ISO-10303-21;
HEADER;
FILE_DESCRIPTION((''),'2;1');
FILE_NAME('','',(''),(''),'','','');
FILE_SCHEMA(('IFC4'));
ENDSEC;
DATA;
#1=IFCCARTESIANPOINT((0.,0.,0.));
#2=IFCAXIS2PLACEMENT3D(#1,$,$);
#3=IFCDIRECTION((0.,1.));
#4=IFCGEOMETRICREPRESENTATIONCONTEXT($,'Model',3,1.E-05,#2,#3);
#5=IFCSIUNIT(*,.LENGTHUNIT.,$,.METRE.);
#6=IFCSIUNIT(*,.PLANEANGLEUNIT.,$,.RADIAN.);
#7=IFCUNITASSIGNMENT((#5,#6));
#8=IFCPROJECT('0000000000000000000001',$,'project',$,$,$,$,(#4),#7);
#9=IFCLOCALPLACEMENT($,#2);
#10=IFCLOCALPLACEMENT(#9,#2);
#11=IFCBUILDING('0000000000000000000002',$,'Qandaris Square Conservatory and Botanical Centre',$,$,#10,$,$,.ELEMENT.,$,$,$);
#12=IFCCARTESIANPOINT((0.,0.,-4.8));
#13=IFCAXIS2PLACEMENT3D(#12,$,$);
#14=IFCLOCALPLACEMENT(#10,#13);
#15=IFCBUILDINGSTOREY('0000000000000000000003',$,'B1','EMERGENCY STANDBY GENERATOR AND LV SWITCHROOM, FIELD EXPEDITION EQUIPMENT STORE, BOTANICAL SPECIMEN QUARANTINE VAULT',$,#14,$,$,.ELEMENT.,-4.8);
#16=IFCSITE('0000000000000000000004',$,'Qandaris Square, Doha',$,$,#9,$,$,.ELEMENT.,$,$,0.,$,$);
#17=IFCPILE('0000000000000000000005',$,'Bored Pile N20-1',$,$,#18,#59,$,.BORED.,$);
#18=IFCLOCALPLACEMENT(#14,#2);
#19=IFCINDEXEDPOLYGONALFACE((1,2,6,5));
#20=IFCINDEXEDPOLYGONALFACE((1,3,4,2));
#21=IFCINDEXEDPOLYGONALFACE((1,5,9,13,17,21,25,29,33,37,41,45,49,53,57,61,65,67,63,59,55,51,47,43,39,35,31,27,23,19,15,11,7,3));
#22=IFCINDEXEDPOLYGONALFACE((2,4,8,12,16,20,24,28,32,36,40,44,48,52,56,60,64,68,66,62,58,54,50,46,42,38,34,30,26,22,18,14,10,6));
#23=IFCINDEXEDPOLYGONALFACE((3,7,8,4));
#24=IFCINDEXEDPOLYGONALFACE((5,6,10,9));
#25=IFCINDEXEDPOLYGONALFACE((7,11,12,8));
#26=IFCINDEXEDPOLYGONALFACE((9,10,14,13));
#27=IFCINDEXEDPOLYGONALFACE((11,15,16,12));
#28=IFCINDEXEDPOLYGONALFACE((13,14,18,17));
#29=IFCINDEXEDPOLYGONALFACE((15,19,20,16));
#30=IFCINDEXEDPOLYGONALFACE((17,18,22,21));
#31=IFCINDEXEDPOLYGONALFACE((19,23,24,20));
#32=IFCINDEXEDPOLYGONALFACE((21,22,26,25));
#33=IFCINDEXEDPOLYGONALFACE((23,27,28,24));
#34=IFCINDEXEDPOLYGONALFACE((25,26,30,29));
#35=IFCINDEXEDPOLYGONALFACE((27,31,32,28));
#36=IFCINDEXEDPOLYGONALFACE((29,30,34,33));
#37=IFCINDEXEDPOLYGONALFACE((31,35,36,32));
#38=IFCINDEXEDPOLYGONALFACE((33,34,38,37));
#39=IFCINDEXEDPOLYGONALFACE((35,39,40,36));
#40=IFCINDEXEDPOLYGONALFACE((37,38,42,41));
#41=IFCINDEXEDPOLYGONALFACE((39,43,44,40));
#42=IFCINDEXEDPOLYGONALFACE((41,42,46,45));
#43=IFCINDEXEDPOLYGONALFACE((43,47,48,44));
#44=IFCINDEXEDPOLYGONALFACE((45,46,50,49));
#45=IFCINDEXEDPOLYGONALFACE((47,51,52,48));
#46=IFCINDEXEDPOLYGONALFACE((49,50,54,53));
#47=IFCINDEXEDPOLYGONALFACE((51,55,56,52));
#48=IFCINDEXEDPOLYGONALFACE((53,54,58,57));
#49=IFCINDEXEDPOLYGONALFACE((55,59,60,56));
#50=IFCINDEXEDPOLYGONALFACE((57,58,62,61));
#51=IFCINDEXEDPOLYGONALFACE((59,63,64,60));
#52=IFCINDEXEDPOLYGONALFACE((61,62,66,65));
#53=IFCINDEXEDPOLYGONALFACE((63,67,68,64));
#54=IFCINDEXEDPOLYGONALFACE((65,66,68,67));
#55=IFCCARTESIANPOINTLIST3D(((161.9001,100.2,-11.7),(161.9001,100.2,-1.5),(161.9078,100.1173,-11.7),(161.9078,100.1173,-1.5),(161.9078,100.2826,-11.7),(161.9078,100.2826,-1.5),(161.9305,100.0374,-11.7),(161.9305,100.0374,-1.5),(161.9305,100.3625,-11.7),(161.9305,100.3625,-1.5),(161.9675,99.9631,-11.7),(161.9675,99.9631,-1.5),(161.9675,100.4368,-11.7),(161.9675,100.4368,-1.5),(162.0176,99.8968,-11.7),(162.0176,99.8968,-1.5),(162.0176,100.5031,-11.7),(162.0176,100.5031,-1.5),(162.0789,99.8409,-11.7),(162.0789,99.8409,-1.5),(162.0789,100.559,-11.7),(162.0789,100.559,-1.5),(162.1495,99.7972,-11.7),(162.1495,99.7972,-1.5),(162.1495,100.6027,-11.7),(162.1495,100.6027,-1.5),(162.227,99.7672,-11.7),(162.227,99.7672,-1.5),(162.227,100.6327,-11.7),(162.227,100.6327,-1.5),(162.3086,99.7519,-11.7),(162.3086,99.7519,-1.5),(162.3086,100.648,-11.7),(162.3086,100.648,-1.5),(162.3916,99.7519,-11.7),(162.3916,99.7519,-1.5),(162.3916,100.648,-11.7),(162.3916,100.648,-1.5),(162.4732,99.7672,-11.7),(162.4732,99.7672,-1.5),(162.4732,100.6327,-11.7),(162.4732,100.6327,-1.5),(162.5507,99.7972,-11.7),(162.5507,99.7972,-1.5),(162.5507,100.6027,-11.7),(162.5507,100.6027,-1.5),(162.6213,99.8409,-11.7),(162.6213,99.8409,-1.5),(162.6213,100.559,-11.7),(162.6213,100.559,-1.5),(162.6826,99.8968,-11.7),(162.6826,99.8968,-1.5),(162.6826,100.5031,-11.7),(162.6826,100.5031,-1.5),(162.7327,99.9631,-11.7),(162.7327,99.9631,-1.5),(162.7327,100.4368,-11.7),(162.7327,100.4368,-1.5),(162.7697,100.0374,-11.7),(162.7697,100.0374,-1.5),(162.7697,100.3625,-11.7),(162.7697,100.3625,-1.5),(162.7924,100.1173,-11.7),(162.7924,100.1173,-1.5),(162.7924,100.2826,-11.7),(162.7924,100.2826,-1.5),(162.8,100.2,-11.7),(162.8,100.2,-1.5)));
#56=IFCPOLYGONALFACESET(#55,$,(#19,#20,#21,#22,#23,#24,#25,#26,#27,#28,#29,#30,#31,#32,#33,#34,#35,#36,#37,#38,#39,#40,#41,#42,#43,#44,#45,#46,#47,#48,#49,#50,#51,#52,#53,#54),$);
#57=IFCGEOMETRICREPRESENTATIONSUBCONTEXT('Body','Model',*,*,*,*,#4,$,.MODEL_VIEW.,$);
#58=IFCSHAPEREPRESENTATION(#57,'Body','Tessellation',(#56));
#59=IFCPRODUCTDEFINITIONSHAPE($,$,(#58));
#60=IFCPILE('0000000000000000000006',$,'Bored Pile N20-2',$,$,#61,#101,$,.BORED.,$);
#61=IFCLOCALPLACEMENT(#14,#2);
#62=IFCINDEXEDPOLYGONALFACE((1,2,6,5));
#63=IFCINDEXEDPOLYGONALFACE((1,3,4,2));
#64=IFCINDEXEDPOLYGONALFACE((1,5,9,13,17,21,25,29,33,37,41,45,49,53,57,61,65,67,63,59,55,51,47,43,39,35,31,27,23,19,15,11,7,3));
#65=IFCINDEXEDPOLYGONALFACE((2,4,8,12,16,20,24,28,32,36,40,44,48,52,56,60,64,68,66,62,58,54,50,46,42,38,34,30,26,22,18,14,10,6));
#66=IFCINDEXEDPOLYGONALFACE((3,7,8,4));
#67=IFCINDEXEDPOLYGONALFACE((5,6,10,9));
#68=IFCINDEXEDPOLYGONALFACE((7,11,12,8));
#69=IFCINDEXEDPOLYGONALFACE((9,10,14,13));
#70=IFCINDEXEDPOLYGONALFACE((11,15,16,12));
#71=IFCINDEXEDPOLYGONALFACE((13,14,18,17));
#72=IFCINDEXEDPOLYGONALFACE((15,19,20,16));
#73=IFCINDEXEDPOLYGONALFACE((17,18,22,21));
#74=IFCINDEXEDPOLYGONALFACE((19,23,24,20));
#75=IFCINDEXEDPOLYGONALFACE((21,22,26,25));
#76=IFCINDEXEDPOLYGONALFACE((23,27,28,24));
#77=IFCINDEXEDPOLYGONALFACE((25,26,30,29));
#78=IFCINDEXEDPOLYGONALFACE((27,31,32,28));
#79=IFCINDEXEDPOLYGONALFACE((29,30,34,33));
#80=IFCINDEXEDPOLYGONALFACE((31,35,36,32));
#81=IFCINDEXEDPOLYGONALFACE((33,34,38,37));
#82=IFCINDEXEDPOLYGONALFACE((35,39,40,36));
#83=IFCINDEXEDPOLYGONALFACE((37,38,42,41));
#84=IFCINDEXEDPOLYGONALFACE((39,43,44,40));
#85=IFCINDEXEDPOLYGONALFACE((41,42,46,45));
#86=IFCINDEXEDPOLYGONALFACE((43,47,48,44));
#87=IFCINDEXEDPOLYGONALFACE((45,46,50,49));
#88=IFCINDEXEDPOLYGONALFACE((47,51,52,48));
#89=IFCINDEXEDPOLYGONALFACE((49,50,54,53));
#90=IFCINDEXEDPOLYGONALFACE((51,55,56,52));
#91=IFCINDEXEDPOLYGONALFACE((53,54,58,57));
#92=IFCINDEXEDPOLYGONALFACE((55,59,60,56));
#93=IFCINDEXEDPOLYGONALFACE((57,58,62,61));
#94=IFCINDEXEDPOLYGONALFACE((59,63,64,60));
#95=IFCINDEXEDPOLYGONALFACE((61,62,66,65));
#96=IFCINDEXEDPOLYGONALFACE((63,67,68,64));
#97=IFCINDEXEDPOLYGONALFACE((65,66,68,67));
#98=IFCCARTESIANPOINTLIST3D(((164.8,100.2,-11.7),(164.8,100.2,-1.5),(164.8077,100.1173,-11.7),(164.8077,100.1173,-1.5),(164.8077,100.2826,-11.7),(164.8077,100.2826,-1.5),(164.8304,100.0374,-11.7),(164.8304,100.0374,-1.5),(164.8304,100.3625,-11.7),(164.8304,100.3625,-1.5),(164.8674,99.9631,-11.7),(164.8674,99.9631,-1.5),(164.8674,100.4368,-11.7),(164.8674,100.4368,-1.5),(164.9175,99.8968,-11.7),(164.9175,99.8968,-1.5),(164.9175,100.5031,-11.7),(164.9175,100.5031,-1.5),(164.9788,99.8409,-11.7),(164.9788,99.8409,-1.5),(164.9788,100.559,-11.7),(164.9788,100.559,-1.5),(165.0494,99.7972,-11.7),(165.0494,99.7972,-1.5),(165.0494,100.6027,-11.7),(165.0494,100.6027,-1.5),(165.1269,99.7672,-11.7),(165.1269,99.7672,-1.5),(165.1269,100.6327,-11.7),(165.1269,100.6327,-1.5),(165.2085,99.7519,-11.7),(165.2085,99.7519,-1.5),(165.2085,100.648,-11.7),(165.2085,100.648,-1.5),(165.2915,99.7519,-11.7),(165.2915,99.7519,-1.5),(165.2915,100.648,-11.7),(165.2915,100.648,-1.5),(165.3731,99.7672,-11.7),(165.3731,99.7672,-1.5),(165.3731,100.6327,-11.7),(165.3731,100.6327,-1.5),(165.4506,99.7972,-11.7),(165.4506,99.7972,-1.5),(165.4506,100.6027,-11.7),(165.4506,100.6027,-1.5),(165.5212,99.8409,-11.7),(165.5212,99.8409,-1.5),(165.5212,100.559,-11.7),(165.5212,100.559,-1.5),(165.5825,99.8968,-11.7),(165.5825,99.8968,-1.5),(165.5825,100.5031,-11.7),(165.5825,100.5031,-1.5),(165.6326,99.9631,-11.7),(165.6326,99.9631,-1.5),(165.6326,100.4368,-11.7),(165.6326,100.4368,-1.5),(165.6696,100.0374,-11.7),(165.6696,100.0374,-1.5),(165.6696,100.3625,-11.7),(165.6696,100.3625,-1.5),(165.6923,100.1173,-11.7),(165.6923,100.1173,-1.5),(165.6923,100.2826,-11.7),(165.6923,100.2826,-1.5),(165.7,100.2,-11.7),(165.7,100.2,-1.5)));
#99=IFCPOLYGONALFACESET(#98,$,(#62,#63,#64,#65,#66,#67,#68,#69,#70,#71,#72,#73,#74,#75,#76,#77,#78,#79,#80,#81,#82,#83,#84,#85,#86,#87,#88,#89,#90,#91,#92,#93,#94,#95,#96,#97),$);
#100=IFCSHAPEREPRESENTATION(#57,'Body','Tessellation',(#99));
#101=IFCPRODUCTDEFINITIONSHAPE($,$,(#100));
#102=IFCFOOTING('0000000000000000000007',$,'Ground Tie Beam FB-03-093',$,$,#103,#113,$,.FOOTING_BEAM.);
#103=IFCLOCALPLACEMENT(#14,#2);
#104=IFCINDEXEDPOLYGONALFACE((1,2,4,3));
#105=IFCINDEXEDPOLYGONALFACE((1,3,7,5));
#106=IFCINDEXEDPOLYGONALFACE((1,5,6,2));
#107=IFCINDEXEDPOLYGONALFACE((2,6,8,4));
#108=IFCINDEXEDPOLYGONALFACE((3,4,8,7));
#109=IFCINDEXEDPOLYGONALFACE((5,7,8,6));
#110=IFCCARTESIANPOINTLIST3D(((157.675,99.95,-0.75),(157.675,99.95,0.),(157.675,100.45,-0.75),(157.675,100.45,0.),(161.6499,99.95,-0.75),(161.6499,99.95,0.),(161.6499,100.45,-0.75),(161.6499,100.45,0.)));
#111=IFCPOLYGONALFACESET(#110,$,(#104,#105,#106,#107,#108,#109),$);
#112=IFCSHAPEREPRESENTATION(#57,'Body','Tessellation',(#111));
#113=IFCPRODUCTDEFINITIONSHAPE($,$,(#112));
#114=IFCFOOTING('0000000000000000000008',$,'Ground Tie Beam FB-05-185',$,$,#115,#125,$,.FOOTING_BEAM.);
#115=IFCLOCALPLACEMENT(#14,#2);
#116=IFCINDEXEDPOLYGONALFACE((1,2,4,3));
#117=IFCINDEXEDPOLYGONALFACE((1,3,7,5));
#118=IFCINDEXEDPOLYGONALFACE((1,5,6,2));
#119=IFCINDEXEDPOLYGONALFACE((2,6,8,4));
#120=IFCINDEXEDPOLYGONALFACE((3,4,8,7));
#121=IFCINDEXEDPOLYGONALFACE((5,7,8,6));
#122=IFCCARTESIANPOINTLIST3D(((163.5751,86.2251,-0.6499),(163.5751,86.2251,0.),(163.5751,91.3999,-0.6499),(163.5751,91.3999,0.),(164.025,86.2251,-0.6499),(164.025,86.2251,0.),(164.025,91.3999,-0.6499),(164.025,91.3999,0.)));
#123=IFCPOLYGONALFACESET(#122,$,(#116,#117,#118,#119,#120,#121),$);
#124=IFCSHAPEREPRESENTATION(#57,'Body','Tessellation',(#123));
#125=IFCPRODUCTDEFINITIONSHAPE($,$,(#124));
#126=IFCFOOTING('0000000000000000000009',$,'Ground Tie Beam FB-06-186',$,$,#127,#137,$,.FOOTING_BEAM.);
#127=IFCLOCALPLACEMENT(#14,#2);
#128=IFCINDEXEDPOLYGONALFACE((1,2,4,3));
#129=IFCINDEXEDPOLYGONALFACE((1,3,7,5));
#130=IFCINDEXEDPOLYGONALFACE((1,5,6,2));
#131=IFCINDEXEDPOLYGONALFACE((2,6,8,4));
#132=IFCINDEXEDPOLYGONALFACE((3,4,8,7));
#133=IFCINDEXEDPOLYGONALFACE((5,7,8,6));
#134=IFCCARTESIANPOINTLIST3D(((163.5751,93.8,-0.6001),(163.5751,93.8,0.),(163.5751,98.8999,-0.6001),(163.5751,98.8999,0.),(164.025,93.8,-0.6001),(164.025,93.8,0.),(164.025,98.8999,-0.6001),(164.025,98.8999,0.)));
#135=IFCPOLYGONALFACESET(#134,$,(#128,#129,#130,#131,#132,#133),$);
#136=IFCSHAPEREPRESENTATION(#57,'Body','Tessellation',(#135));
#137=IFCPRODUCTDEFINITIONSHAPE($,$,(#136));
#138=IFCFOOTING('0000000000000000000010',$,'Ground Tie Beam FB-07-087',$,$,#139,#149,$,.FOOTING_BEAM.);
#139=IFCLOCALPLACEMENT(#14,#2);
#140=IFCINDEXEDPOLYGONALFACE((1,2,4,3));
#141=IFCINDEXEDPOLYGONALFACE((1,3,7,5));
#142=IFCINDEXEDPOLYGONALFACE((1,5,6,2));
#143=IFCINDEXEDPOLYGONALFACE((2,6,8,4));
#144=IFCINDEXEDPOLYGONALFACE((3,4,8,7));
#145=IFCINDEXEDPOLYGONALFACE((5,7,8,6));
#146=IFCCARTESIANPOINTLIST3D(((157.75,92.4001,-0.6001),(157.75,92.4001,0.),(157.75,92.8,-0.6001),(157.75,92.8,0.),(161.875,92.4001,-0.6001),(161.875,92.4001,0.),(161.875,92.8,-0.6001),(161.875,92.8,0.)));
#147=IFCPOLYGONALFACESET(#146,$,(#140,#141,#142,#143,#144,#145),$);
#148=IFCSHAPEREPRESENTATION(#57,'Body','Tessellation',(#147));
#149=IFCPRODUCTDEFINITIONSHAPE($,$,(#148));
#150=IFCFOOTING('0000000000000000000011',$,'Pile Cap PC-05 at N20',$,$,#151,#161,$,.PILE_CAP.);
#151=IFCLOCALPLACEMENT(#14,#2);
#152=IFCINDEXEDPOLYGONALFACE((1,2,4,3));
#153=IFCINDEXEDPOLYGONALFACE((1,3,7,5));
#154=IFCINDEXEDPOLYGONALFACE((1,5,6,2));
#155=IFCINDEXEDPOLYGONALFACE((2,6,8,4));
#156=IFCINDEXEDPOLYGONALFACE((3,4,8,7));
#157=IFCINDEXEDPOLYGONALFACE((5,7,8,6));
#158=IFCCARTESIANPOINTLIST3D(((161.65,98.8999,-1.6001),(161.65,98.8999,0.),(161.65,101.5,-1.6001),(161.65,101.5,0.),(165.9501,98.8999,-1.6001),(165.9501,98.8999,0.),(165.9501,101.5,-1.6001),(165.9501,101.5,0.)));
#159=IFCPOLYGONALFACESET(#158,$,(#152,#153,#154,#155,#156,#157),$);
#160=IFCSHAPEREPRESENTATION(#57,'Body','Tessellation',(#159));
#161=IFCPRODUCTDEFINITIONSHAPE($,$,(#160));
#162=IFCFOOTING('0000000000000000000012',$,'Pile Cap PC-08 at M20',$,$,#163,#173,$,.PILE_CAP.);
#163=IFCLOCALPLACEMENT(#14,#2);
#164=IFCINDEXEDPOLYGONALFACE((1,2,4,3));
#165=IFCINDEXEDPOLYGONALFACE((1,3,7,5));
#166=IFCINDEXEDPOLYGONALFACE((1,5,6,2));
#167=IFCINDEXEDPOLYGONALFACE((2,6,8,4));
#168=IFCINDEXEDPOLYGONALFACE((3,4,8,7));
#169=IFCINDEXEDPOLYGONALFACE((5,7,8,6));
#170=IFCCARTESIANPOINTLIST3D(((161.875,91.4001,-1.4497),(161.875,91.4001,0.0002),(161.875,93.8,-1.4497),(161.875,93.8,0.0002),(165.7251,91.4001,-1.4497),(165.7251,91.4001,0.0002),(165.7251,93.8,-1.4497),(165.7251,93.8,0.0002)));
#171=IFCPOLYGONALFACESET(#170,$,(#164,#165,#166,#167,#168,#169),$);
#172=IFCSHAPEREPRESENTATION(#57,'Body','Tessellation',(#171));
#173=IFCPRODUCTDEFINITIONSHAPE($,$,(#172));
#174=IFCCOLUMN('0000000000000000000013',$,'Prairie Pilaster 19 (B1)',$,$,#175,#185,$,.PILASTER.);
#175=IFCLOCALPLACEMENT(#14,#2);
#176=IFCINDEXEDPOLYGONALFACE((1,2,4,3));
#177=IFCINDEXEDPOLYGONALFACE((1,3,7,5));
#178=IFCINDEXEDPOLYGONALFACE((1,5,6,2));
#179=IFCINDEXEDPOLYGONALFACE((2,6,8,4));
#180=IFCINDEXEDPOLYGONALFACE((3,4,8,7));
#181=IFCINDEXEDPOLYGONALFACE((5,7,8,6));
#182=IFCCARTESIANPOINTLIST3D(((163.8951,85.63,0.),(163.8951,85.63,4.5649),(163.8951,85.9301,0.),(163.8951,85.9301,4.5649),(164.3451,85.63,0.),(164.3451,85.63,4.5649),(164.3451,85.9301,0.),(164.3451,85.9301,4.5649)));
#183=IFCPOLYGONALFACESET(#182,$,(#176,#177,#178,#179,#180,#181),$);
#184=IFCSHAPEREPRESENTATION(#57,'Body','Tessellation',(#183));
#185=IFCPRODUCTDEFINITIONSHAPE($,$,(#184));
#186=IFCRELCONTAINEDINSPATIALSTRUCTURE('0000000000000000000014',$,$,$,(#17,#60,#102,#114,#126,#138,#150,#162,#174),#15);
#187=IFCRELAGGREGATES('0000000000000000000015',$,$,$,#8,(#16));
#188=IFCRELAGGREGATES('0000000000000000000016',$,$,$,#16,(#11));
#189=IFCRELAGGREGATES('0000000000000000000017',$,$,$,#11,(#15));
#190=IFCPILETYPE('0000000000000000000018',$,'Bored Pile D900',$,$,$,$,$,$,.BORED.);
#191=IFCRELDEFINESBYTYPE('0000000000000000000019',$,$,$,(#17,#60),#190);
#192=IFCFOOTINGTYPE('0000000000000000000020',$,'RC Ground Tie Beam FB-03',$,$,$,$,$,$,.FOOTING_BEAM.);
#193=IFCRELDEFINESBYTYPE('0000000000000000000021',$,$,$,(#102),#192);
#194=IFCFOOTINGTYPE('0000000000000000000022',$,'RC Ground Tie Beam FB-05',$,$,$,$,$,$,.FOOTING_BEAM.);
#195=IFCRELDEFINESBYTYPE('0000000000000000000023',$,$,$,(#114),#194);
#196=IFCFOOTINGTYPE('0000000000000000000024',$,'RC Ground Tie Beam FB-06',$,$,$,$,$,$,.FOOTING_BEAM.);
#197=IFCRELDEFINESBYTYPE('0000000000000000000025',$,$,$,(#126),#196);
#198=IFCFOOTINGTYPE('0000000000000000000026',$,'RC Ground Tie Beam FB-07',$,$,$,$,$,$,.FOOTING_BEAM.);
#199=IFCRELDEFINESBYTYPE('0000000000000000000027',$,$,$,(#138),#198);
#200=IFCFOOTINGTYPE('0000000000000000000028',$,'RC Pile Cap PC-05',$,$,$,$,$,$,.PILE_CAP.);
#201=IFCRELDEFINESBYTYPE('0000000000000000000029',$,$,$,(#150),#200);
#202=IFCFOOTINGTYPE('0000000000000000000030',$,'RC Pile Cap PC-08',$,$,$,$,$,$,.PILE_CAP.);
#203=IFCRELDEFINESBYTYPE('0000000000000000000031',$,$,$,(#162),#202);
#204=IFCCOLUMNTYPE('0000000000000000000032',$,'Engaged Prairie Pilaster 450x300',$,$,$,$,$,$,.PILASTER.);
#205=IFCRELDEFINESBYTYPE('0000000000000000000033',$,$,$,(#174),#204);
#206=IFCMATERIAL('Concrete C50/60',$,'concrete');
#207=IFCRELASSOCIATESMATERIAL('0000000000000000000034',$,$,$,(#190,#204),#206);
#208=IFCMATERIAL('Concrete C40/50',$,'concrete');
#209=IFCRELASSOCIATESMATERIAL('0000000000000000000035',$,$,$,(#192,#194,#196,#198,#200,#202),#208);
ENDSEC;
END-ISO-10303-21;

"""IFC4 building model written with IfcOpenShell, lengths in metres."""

from ifc_helpers import new_model, si_unit, direction, frame, origin, origin_2d, place, context, subcontext, project, spatial, rectangle, circle, extrude, material, material_profile, profile_set, type_object, element, save


model = new_model("IFC4")

# Units and contexts
model_context = context("Model", 3, precision=1e-05, world=origin(), true_north=direction((0.0, 1.0)))
body_context = subcontext(model_context, "Body", "Model", "MODEL_VIEW")
ifc_project = project(units=[si_unit("LENGTHUNIT", "METRE"), si_unit("PLANEANGLEUNIT", "RADIAN")], contexts=[model_context])

# Site, building, storey
site_placement = place(None, origin())
site = spatial("IfcSite", under=ifc_project, at=site_placement, Name="Qandaris Square, Doha", CompositionType="ELEMENT", RefElevation=0.0)
building_placement = place(site_placement, origin())
building = spatial("IfcBuilding", under=site, at=building_placement, Name="Qandaris Square Conservatory and Botanical Centre", CompositionType="ELEMENT")
storey_placement = place(building_placement, frame((0.0, 0.0, -4.8)))
storey = spatial("IfcBuildingStorey", under=building, at=storey_placement, Name="B1", Description="EMERGENCY STANDBY GENERATOR AND LV SWITCHROOM, FIELD EXPEDITION EQUIPMENT STORE, BOTANICAL SPECIMEN QUARANTINE VAULT", CompositionType="ELEMENT", Elevation=-4.8)

# Piles
ifc_material_1 = material(Name="Concrete C50/60", Category="concrete")
ifc_material_profile_1 = material_profile(ifc_material_1, circle(Radius=0.45, at=origin_2d()), Name="PILE D900")
ifc_profile_set_1 = profile_set([ifc_material_profile_1], Name="Concrete C50/60")
pile_type = type_object("IfcPileType", Name="Bored Pile D900", PredefinedType="BORED", material=ifc_profile_set_1)
for number, where, z_axis, x_axis, name in (
    (1, (162.3501, 100.2, -1.5), (0.0, 0.0, -1.0), (1.0, 0.0, 0.0), "Bored Pile N20-1"),
    (2, (165.25, 100.2, -1.5), (0.0, 0.0, -1.0), (1.0, 0.0, 0.0), "Bored Pile N20-2"),
):
    element("IfcPile", number, at=place(storey_placement, frame(where, z_axis=z_axis, x_axis=x_axis)), inside=storey, type_object=pile_type, Name=name, PredefinedType="BORED", context=body_context, shape_type="SweptSolid", body=[
        extrude(circle(Radius=0.45, at=origin_2d()), origin(), (0.0, 0.0, 1.0), 10.2),
    ])

# Footings
ifc_material_2 = material(Name="Concrete C40/50", Category="concrete")
ifc_material_profile_2 = material_profile(ifc_material_2, rectangle(XDim=0.5, YDim=0.75, at=origin_2d()), Name="FB 500x750")
ifc_profile_set_2 = profile_set([ifc_material_profile_2], Name="Concrete C40/50")
footing_type_1 = type_object("IfcFootingType", Name="RC Ground Tie Beam FB-03", PredefinedType="FOOTING_BEAM", material=ifc_profile_set_2)
footing_1_placement = place(storey_placement, frame((157.675, 100.2, -0.375), z_axis=(1.0, 0.0, 0.0), x_axis=(0.0, 1.0, 0.0)))
element("IfcFooting", 3, at=footing_1_placement, inside=storey, type_object=footing_type_1, Name="Ground Tie Beam FB-03-093", PredefinedType="FOOTING_BEAM", context=body_context, shape_type="SweptSolid", body=[
    extrude(rectangle(XDim=0.5, YDim=0.75, at=origin_2d()), origin(), (0.0, 0.0, 1.0), 3.9749),
])
ifc_material_profile_3 = material_profile(ifc_material_2, rectangle(XDim=0.45, YDim=0.6499, at=origin_2d()), Name="FB 450x650")
ifc_profile_set_3 = profile_set([ifc_material_profile_3], Name="Concrete C40/50")
footing_type_2 = type_object("IfcFootingType", Name="RC Ground Tie Beam FB-05", PredefinedType="FOOTING_BEAM", material=ifc_profile_set_3)
footing_2_placement = place(storey_placement, frame((163.8, 86.2251, -0.325), z_axis=(0.0, 1.0, 0.0), x_axis=(-1.0, 0.0, 0.0)))
element("IfcFooting", 4, at=footing_2_placement, inside=storey, type_object=footing_type_2, Name="Ground Tie Beam FB-05-185", PredefinedType="FOOTING_BEAM", context=body_context, shape_type="SweptSolid", body=[
    extrude(rectangle(XDim=0.45, YDim=0.6499, at=origin_2d()), origin(), (0.0, 0.0, 1.0), 5.1748),
])
ifc_material_profile_4 = material_profile(ifc_material_2, rectangle(XDim=0.45, YDim=0.6001, at=origin_2d()), Name="FB 450x600")
ifc_profile_set_4 = profile_set([ifc_material_profile_4], Name="Concrete C40/50")
footing_type_3 = type_object("IfcFootingType", Name="RC Ground Tie Beam FB-06", PredefinedType="FOOTING_BEAM", material=ifc_profile_set_4)
footing_3_placement = place(storey_placement, frame((163.8, 93.8, -0.3), z_axis=(0.0, 1.0, 0.0), x_axis=(-1.0, 0.0, 0.0)))
element("IfcFooting", 5, at=footing_3_placement, inside=storey, type_object=footing_type_3, Name="Ground Tie Beam FB-06-186", PredefinedType="FOOTING_BEAM", context=body_context, shape_type="SweptSolid", body=[
    extrude(rectangle(XDim=0.45, YDim=0.6001, at=origin_2d()), origin(), (0.0, 0.0, 1.0), 5.0999),
])
ifc_material_profile_5 = material_profile(ifc_material_2, rectangle(XDim=0.3999, YDim=0.6001, at=origin_2d()), Name="FB 400x600")
ifc_profile_set_5 = profile_set([ifc_material_profile_5], Name="Concrete C40/50")
footing_type_4 = type_object("IfcFootingType", Name="RC Ground Tie Beam FB-07", PredefinedType="FOOTING_BEAM", material=ifc_profile_set_5)
footing_4_placement = place(storey_placement, frame((157.75, 92.6001, -0.3), z_axis=(1.0, 0.0, 0.0), x_axis=(0.0, 1.0, 0.0)))
element("IfcFooting", 6, at=footing_4_placement, inside=storey, type_object=footing_type_4, Name="Ground Tie Beam FB-07-087", PredefinedType="FOOTING_BEAM", context=body_context, shape_type="SweptSolid", body=[
    extrude(rectangle(XDim=0.3999, YDim=0.6001, at=origin_2d()), origin(), (0.0, 0.0, 1.0), 4.125),
])
footing_type_5 = type_object("IfcFootingType", Name="RC Pile Cap PC-05", PredefinedType="PILE_CAP", material=ifc_material_2)
footing_5_placement = place(storey_placement, frame((163.8, 100.2, -1.6001), z_axis=(0.0, 0.0, 1.0), x_axis=(1.0, 0.0, 0.0)))
element("IfcFooting", 7, at=footing_5_placement, inside=storey, type_object=footing_type_5, Name="Pile Cap PC-05 at N20", PredefinedType="PILE_CAP", context=body_context, shape_type="SweptSolid", body=[
    extrude(rectangle(XDim=4.3, YDim=2.6001, at=origin_2d()), origin(), (0.0, 0.0, 1.0), 1.6001),
])
footing_type_6 = type_object("IfcFootingType", Name="RC Pile Cap PC-08", PredefinedType="PILE_CAP", material=ifc_material_2)
footing_6_placement = place(storey_placement, frame((163.8, 92.6001, -1.4497), z_axis=(0.0, 0.0, 1.0), x_axis=(1.0, 0.0, 0.0)))
element("IfcFooting", 8, at=footing_6_placement, inside=storey, type_object=footing_type_6, Name="Pile Cap PC-08 at M20", PredefinedType="PILE_CAP", context=body_context, shape_type="SweptSolid", body=[
    extrude(rectangle(XDim=3.8501, YDim=2.3999, at=origin_2d()), origin(), (0.0, 0.0, 1.0), 1.45),
])

# Column
ifc_material_profile_6 = material_profile(ifc_material_1, rectangle(XDim=0.45, YDim=0.3, at=origin_2d()), Name="RC-PIL 450x300")
ifc_profile_set_6 = profile_set([ifc_material_profile_6], Name="Concrete C50/60")
column_type_1 = type_object("IfcColumnType", Name="Engaged Prairie Pilaster 450x300", PredefinedType="PILASTER", material=ifc_profile_set_6)
column_1_placement = place(storey_placement, frame((164.1201, 85.78, 0.0), z_axis=(0.0, 0.0, 1.0), x_axis=(1.0, 0.0, 0.0)))
element("IfcColumn", 9, at=column_1_placement, inside=storey, type_object=column_type_1, Name="Prairie Pilaster 19 (B1)", PredefinedType="PILASTER", context=body_context, shape_type="SweptSolid", body=[
    extrude(rectangle(XDim=0.45, YDim=0.3, at=origin_2d()), origin(), (0.0, 0.0, 1.0), 4.5649),
])

save(model, "model.ifc")
